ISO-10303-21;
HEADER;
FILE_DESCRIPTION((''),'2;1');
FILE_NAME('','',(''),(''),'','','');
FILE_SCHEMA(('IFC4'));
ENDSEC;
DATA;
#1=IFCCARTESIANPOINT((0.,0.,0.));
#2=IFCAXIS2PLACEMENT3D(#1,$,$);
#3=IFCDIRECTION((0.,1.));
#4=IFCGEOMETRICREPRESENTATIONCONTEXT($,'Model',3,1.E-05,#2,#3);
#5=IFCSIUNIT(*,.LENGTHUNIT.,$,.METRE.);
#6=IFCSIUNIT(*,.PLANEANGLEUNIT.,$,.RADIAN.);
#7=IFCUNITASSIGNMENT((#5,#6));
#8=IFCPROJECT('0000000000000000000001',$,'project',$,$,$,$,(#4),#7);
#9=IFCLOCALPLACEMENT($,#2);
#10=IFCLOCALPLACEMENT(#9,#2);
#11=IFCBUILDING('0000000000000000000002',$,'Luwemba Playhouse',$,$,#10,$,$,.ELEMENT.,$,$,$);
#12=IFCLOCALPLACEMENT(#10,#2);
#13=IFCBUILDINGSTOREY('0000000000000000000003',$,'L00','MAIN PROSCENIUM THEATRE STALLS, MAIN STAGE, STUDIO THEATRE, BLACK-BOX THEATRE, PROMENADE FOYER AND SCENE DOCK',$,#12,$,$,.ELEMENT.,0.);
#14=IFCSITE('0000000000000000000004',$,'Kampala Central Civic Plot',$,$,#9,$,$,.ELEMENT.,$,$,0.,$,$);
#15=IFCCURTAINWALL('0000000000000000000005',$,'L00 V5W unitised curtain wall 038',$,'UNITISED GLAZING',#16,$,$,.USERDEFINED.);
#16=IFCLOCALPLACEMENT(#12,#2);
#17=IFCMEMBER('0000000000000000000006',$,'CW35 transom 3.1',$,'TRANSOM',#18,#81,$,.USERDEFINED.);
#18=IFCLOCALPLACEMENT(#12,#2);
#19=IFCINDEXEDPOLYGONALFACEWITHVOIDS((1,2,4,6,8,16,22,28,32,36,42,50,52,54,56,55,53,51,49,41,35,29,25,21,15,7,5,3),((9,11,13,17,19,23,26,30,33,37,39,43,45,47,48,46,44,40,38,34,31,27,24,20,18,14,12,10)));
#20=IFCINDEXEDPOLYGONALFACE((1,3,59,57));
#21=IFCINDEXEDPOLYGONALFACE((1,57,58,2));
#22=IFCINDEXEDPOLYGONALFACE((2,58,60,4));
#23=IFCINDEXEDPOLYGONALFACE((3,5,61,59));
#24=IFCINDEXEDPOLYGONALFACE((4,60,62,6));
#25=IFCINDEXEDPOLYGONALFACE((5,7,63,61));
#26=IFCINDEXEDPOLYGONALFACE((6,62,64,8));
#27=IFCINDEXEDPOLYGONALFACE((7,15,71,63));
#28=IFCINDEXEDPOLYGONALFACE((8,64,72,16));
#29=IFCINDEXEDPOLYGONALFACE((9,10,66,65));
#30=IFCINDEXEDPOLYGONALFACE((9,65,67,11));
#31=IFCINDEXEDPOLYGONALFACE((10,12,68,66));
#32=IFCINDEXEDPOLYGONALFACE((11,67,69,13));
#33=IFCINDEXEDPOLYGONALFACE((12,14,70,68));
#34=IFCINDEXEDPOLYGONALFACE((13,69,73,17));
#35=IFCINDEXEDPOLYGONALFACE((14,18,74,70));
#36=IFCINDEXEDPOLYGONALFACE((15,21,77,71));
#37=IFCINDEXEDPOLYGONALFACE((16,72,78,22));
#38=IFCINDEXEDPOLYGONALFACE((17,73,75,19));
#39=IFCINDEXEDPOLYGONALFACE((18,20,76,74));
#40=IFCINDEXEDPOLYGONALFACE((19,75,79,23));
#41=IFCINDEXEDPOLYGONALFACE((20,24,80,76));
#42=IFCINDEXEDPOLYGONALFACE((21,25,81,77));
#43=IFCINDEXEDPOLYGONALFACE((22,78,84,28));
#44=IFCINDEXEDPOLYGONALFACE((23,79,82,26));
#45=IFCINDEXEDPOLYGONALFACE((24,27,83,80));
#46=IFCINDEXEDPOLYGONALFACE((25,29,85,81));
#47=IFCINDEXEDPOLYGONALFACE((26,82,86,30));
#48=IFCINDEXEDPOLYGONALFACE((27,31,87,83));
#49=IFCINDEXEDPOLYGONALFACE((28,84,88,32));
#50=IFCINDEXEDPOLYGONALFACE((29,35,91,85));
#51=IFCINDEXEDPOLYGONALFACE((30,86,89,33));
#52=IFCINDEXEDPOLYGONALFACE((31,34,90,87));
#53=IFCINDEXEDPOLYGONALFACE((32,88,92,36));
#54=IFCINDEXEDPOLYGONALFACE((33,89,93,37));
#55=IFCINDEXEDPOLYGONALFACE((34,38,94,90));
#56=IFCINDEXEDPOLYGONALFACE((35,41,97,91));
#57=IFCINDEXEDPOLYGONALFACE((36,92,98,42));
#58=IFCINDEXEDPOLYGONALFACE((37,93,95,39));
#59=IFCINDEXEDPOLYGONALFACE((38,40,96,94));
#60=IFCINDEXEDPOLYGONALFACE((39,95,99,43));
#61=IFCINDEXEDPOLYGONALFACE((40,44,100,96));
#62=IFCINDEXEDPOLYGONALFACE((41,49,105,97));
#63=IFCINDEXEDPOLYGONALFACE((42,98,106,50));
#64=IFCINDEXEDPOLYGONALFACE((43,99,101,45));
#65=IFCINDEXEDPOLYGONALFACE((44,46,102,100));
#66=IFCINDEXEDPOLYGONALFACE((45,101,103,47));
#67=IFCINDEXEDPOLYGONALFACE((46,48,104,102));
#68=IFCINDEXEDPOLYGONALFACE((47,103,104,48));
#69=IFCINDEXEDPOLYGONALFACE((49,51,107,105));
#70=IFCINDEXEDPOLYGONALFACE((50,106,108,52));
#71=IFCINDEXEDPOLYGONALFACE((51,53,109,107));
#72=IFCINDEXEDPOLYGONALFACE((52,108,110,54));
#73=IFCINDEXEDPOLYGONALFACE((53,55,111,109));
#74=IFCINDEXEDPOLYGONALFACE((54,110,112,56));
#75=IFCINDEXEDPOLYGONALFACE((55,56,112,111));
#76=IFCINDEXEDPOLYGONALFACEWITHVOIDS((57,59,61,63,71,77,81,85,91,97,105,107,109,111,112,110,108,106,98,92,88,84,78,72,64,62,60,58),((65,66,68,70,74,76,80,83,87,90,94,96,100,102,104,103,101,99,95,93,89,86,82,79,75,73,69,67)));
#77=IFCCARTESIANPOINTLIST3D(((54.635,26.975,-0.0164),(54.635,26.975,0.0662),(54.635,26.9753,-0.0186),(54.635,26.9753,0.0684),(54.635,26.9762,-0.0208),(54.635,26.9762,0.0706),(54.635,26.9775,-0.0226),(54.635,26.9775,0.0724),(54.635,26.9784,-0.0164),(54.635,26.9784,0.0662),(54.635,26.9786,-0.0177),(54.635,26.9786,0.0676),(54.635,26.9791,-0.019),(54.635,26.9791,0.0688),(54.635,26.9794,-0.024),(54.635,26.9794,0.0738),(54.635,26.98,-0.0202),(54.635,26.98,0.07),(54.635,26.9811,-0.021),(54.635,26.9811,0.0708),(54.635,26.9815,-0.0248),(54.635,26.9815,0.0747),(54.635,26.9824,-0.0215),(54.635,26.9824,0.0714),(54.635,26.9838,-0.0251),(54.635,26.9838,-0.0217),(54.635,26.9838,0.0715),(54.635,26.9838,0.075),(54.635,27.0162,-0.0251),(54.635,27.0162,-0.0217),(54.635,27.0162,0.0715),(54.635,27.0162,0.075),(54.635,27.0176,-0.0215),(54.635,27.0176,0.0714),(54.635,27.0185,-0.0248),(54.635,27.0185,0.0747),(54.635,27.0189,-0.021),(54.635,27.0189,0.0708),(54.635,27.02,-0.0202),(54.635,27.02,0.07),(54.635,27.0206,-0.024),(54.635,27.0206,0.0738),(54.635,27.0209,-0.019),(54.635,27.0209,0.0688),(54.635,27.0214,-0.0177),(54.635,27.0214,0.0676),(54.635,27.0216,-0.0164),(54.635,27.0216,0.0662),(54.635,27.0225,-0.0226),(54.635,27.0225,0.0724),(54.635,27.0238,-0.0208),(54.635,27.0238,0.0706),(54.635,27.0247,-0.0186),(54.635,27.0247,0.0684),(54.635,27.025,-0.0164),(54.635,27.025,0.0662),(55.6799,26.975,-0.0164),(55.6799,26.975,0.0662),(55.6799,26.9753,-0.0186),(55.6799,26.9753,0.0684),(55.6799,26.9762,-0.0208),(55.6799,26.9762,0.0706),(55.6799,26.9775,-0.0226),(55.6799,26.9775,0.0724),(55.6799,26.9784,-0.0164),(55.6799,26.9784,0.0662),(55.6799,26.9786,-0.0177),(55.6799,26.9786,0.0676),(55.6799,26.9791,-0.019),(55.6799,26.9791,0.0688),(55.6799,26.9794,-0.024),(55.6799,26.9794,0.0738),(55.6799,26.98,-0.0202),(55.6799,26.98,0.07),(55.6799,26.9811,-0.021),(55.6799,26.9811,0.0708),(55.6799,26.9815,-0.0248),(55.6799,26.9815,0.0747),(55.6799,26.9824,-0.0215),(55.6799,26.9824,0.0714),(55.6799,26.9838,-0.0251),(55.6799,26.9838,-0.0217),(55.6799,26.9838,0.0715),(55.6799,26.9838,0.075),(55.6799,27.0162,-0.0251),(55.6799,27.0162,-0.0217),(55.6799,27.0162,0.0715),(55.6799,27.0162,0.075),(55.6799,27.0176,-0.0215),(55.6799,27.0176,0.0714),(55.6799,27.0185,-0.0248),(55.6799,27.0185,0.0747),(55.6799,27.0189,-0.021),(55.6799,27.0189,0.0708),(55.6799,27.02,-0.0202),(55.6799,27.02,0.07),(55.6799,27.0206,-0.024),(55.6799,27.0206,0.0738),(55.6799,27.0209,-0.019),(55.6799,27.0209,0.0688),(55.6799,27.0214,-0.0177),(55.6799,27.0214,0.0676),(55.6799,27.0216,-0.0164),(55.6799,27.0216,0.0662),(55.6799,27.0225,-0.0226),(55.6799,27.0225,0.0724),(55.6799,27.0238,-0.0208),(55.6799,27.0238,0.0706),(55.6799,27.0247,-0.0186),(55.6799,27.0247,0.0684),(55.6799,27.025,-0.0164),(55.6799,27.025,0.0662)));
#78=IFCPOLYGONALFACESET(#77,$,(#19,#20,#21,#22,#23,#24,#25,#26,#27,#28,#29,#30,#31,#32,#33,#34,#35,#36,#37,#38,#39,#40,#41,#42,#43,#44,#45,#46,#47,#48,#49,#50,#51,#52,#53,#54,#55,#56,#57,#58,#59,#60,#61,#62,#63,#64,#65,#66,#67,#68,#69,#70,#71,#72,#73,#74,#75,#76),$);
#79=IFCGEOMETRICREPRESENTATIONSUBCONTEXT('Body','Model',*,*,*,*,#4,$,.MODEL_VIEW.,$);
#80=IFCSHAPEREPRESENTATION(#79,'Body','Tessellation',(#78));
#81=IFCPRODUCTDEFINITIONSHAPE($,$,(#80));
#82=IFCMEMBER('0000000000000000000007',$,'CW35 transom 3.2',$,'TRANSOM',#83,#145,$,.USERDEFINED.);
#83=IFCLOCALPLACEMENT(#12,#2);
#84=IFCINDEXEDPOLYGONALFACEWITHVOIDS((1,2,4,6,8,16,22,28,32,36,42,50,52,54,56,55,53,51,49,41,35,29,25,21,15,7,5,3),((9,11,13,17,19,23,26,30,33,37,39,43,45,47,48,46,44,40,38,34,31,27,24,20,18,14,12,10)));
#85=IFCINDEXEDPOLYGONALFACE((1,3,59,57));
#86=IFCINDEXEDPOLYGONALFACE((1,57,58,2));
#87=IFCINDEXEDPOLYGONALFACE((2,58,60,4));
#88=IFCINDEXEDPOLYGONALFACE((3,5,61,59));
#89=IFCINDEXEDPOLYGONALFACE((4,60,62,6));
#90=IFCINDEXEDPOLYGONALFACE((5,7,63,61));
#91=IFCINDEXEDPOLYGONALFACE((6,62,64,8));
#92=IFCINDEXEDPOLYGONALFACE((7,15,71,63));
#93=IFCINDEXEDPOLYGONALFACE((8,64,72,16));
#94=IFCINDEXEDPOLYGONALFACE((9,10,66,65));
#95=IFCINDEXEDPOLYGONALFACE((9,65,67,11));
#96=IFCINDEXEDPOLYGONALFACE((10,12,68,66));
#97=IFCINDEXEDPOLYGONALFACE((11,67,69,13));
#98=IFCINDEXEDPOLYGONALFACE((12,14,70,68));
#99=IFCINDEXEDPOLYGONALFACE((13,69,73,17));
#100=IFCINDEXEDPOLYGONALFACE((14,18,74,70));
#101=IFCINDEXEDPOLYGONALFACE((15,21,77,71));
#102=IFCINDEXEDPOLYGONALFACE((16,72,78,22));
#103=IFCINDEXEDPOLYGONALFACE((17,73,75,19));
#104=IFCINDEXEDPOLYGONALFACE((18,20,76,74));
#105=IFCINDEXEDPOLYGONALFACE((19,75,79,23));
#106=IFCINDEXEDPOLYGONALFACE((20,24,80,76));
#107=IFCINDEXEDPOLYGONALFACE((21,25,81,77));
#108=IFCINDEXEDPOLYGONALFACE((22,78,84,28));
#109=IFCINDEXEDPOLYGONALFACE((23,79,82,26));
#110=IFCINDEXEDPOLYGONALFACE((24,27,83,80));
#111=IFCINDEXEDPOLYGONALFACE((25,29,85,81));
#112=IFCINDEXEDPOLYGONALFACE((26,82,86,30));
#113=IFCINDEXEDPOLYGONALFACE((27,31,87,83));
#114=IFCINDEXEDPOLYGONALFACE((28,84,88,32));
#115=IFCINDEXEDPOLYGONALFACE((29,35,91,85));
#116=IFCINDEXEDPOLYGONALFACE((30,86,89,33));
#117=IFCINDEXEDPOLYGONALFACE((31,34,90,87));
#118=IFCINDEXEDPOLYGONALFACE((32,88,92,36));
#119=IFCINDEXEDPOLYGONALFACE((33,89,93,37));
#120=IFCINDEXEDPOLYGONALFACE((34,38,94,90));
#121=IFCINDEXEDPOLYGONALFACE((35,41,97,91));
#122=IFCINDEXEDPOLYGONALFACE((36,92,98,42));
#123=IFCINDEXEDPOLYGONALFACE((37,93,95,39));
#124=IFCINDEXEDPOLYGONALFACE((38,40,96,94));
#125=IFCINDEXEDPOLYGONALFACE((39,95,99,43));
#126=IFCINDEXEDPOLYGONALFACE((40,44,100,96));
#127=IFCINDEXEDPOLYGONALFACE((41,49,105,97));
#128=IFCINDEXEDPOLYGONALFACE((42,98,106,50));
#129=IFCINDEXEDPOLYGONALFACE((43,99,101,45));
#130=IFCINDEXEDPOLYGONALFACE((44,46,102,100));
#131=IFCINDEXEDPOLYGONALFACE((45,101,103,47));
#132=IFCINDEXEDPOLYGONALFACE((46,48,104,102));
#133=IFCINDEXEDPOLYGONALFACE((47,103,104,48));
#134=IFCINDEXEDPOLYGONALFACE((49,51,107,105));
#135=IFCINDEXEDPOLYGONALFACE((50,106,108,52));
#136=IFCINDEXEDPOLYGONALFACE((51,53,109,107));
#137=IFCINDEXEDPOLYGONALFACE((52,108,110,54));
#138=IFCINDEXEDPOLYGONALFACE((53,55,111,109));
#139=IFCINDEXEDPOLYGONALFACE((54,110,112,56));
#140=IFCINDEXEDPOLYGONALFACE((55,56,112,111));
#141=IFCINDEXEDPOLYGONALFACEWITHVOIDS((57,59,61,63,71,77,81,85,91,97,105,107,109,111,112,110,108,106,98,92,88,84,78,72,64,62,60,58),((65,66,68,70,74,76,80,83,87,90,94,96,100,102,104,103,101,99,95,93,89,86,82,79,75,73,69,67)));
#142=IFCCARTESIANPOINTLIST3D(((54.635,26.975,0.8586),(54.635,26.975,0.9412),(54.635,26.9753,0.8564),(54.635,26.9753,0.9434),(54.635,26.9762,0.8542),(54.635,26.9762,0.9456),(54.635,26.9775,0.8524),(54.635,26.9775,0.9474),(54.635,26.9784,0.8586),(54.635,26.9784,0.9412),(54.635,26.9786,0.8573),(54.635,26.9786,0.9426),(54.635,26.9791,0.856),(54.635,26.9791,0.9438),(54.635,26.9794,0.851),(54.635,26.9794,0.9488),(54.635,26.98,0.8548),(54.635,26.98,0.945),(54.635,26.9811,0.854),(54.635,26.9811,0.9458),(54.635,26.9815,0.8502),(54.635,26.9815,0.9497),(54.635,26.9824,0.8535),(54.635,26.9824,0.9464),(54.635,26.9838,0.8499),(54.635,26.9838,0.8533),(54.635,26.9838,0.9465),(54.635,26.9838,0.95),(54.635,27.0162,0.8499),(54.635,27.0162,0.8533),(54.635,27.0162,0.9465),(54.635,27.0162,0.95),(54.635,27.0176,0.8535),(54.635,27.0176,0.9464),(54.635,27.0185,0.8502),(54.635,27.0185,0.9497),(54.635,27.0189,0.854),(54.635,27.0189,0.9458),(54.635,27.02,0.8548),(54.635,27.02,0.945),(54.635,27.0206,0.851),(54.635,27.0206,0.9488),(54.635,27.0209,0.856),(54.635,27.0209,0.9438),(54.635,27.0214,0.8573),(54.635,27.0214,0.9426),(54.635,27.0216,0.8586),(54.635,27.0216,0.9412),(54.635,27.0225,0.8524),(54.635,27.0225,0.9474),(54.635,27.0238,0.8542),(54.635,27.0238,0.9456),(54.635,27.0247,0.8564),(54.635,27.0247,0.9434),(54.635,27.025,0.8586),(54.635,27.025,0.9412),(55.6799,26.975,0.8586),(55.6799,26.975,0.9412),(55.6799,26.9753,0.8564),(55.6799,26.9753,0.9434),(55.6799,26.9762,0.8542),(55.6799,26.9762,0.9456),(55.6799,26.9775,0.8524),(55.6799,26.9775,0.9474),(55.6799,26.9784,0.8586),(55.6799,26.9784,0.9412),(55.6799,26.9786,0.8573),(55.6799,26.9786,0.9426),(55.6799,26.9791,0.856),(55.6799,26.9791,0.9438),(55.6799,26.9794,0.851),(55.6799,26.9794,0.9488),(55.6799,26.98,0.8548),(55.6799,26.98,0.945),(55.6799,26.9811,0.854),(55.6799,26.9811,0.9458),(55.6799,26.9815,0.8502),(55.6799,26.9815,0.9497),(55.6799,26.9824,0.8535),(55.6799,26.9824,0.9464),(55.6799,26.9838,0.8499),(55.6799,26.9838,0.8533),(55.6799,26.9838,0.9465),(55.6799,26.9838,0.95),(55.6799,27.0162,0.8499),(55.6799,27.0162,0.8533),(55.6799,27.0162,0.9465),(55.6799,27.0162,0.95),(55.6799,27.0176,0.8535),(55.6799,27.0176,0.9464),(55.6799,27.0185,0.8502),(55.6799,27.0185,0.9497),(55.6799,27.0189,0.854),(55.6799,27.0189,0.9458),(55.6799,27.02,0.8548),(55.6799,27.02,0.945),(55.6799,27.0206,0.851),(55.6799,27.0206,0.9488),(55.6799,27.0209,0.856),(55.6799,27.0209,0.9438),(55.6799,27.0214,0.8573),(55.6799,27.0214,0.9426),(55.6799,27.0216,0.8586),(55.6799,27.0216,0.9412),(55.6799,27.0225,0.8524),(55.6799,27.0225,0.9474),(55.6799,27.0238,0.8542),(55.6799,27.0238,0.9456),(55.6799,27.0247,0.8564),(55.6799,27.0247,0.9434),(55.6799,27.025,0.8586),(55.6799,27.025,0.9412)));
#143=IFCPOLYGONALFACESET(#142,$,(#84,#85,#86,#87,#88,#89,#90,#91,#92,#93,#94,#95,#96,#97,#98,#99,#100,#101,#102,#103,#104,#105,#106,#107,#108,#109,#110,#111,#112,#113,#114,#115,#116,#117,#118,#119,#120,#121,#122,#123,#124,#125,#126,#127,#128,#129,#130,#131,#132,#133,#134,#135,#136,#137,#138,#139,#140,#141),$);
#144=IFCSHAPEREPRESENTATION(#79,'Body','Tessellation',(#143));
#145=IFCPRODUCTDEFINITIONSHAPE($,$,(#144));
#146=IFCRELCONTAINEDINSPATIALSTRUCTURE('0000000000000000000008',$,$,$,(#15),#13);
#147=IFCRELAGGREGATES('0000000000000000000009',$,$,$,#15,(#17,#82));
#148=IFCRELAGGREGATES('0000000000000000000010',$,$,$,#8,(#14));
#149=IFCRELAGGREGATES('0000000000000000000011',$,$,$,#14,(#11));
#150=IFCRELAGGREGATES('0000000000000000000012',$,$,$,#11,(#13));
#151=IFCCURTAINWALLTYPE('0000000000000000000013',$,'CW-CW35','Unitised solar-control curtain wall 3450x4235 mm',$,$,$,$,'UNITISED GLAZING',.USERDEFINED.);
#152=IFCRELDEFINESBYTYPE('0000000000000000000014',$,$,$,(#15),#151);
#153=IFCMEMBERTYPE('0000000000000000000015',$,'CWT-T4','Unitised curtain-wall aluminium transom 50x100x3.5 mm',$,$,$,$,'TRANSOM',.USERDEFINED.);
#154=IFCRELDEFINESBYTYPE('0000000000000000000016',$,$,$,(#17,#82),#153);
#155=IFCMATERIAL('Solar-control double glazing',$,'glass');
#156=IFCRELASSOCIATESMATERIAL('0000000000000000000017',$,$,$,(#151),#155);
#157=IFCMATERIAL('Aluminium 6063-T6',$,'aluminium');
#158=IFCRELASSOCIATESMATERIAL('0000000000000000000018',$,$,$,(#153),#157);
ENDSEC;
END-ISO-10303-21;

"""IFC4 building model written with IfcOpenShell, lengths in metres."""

from ifc_helpers import new_model, si_unit, direction, frame, origin, origin_2d, place, context, subcontext, project, spatial, hollow_rectangle, extrude, material, material_profile, profile_set, type_object, element, aggregate, save


model = new_model("IFC4")

# Units and contexts
model_context = context("Model", 3, precision=1e-05, world=origin(), true_north=direction((0.0, 1.0)))
body_context = subcontext(model_context, "Body", "Model", "MODEL_VIEW")
ifc_project = project(units=[si_unit("LENGTHUNIT", "METRE"), si_unit("PLANEANGLEUNIT", "RADIAN")], contexts=[model_context])

# Site, building, storey
site_placement = place(None, origin())
site = spatial("IfcSite", under=ifc_project, at=site_placement, Name="Kampala Central Civic Plot", CompositionType="ELEMENT", RefElevation=0.0)
building_placement = place(site_placement, origin())
building = spatial("IfcBuilding", under=site, at=building_placement, Name="Luwemba Playhouse", CompositionType="ELEMENT")
storey_placement = place(building_placement, origin())
storey = spatial("IfcBuildingStorey", under=building, at=storey_placement, Name="L00", Description="MAIN PROSCENIUM THEATRE STALLS, MAIN STAGE, STUDIO THEATRE, BLACK-BOX THEATRE, PROMENADE FOYER AND SCENE DOCK", CompositionType="ELEMENT", Elevation=0.0)

# Shared definitions
ifc_material_1 = material(Name="Solar-control double glazing", Category="glass")
ifc_material_2 = material(Name="Aluminium 6063-T6", Category="aluminium")

# Curtain wall
curtain_wall_type_1 = type_object("IfcCurtainWallType", Name="CW-CW35", Description="Unitised solar-control curtain wall 3450x4235 mm", ElementType="UNITISED GLAZING", PredefinedType="USERDEFINED", material=ifc_material_1)
curtain_wall_1_placement = place(storey_placement, origin())
curtain_wall_1 = element("IfcCurtainWall", 1, at=curtain_wall_1_placement, inside=storey, type_object=curtain_wall_type_1, Name="L00 V5W unitised curtain wall 038", ObjectType="UNITISED GLAZING", PredefinedType="USERDEFINED")

# Members
ifc_material_profile_1 = material_profile(ifc_material_2, hollow_rectangle(XDim=0.05, YDim=0.1001, WallThickness=0.0034, InnerFilletRadius=0.0054, OuterFilletRadius=0.0088, at=origin_2d()))
ifc_profile_set_1 = profile_set([ifc_material_profile_1], Name="Aluminium 6063-T6")
member_type_1 = type_object("IfcMemberType", Name="CWT-T4", Description="Unitised curtain-wall aluminium transom 50x100x3.5 mm", ElementType="TRANSOM", PredefinedType="USERDEFINED", material=ifc_profile_set_1)
member_1_placement = place(storey_placement, frame((54.635, 27.0, 0.0249), z_axis=(1.0, 0.0, 0.0), x_axis=(0.0, 1.0, 0.0)))
member_1 = element("IfcMember", 2, at=member_1_placement, type_object=member_type_1, Name="CW35 transom 3.1", ObjectType="TRANSOM", PredefinedType="USERDEFINED", context=body_context, shape_type="SweptSolid", body=[
    extrude(hollow_rectangle(XDim=0.05, YDim=0.1001, WallThickness=0.0034, InnerFilletRadius=0.0054, OuterFilletRadius=0.0088, at=origin_2d()), origin(), (0.0, 0.0, 1.0), 1.0449),
])
member_2_placement = place(storey_placement, frame((54.635, 27.0, 0.8999), z_axis=(1.0, 0.0, 0.0), x_axis=(0.0, 1.0, 0.0)))
member_2 = element("IfcMember", 3, at=member_2_placement, type_object=member_type_1, Name="CW35 transom 3.2", ObjectType="TRANSOM", PredefinedType="USERDEFINED", context=body_context, shape_type="SweptSolid", body=[
    extrude(hollow_rectangle(XDim=0.05, YDim=0.1001, WallThickness=0.0034, InnerFilletRadius=0.0054, OuterFilletRadius=0.0088, at=origin_2d()), origin(), (0.0, 0.0, 1.0), 1.0449),
])

aggregate(curtain_wall_1, [member_1, member_2])

save(model, "model.ifc")
